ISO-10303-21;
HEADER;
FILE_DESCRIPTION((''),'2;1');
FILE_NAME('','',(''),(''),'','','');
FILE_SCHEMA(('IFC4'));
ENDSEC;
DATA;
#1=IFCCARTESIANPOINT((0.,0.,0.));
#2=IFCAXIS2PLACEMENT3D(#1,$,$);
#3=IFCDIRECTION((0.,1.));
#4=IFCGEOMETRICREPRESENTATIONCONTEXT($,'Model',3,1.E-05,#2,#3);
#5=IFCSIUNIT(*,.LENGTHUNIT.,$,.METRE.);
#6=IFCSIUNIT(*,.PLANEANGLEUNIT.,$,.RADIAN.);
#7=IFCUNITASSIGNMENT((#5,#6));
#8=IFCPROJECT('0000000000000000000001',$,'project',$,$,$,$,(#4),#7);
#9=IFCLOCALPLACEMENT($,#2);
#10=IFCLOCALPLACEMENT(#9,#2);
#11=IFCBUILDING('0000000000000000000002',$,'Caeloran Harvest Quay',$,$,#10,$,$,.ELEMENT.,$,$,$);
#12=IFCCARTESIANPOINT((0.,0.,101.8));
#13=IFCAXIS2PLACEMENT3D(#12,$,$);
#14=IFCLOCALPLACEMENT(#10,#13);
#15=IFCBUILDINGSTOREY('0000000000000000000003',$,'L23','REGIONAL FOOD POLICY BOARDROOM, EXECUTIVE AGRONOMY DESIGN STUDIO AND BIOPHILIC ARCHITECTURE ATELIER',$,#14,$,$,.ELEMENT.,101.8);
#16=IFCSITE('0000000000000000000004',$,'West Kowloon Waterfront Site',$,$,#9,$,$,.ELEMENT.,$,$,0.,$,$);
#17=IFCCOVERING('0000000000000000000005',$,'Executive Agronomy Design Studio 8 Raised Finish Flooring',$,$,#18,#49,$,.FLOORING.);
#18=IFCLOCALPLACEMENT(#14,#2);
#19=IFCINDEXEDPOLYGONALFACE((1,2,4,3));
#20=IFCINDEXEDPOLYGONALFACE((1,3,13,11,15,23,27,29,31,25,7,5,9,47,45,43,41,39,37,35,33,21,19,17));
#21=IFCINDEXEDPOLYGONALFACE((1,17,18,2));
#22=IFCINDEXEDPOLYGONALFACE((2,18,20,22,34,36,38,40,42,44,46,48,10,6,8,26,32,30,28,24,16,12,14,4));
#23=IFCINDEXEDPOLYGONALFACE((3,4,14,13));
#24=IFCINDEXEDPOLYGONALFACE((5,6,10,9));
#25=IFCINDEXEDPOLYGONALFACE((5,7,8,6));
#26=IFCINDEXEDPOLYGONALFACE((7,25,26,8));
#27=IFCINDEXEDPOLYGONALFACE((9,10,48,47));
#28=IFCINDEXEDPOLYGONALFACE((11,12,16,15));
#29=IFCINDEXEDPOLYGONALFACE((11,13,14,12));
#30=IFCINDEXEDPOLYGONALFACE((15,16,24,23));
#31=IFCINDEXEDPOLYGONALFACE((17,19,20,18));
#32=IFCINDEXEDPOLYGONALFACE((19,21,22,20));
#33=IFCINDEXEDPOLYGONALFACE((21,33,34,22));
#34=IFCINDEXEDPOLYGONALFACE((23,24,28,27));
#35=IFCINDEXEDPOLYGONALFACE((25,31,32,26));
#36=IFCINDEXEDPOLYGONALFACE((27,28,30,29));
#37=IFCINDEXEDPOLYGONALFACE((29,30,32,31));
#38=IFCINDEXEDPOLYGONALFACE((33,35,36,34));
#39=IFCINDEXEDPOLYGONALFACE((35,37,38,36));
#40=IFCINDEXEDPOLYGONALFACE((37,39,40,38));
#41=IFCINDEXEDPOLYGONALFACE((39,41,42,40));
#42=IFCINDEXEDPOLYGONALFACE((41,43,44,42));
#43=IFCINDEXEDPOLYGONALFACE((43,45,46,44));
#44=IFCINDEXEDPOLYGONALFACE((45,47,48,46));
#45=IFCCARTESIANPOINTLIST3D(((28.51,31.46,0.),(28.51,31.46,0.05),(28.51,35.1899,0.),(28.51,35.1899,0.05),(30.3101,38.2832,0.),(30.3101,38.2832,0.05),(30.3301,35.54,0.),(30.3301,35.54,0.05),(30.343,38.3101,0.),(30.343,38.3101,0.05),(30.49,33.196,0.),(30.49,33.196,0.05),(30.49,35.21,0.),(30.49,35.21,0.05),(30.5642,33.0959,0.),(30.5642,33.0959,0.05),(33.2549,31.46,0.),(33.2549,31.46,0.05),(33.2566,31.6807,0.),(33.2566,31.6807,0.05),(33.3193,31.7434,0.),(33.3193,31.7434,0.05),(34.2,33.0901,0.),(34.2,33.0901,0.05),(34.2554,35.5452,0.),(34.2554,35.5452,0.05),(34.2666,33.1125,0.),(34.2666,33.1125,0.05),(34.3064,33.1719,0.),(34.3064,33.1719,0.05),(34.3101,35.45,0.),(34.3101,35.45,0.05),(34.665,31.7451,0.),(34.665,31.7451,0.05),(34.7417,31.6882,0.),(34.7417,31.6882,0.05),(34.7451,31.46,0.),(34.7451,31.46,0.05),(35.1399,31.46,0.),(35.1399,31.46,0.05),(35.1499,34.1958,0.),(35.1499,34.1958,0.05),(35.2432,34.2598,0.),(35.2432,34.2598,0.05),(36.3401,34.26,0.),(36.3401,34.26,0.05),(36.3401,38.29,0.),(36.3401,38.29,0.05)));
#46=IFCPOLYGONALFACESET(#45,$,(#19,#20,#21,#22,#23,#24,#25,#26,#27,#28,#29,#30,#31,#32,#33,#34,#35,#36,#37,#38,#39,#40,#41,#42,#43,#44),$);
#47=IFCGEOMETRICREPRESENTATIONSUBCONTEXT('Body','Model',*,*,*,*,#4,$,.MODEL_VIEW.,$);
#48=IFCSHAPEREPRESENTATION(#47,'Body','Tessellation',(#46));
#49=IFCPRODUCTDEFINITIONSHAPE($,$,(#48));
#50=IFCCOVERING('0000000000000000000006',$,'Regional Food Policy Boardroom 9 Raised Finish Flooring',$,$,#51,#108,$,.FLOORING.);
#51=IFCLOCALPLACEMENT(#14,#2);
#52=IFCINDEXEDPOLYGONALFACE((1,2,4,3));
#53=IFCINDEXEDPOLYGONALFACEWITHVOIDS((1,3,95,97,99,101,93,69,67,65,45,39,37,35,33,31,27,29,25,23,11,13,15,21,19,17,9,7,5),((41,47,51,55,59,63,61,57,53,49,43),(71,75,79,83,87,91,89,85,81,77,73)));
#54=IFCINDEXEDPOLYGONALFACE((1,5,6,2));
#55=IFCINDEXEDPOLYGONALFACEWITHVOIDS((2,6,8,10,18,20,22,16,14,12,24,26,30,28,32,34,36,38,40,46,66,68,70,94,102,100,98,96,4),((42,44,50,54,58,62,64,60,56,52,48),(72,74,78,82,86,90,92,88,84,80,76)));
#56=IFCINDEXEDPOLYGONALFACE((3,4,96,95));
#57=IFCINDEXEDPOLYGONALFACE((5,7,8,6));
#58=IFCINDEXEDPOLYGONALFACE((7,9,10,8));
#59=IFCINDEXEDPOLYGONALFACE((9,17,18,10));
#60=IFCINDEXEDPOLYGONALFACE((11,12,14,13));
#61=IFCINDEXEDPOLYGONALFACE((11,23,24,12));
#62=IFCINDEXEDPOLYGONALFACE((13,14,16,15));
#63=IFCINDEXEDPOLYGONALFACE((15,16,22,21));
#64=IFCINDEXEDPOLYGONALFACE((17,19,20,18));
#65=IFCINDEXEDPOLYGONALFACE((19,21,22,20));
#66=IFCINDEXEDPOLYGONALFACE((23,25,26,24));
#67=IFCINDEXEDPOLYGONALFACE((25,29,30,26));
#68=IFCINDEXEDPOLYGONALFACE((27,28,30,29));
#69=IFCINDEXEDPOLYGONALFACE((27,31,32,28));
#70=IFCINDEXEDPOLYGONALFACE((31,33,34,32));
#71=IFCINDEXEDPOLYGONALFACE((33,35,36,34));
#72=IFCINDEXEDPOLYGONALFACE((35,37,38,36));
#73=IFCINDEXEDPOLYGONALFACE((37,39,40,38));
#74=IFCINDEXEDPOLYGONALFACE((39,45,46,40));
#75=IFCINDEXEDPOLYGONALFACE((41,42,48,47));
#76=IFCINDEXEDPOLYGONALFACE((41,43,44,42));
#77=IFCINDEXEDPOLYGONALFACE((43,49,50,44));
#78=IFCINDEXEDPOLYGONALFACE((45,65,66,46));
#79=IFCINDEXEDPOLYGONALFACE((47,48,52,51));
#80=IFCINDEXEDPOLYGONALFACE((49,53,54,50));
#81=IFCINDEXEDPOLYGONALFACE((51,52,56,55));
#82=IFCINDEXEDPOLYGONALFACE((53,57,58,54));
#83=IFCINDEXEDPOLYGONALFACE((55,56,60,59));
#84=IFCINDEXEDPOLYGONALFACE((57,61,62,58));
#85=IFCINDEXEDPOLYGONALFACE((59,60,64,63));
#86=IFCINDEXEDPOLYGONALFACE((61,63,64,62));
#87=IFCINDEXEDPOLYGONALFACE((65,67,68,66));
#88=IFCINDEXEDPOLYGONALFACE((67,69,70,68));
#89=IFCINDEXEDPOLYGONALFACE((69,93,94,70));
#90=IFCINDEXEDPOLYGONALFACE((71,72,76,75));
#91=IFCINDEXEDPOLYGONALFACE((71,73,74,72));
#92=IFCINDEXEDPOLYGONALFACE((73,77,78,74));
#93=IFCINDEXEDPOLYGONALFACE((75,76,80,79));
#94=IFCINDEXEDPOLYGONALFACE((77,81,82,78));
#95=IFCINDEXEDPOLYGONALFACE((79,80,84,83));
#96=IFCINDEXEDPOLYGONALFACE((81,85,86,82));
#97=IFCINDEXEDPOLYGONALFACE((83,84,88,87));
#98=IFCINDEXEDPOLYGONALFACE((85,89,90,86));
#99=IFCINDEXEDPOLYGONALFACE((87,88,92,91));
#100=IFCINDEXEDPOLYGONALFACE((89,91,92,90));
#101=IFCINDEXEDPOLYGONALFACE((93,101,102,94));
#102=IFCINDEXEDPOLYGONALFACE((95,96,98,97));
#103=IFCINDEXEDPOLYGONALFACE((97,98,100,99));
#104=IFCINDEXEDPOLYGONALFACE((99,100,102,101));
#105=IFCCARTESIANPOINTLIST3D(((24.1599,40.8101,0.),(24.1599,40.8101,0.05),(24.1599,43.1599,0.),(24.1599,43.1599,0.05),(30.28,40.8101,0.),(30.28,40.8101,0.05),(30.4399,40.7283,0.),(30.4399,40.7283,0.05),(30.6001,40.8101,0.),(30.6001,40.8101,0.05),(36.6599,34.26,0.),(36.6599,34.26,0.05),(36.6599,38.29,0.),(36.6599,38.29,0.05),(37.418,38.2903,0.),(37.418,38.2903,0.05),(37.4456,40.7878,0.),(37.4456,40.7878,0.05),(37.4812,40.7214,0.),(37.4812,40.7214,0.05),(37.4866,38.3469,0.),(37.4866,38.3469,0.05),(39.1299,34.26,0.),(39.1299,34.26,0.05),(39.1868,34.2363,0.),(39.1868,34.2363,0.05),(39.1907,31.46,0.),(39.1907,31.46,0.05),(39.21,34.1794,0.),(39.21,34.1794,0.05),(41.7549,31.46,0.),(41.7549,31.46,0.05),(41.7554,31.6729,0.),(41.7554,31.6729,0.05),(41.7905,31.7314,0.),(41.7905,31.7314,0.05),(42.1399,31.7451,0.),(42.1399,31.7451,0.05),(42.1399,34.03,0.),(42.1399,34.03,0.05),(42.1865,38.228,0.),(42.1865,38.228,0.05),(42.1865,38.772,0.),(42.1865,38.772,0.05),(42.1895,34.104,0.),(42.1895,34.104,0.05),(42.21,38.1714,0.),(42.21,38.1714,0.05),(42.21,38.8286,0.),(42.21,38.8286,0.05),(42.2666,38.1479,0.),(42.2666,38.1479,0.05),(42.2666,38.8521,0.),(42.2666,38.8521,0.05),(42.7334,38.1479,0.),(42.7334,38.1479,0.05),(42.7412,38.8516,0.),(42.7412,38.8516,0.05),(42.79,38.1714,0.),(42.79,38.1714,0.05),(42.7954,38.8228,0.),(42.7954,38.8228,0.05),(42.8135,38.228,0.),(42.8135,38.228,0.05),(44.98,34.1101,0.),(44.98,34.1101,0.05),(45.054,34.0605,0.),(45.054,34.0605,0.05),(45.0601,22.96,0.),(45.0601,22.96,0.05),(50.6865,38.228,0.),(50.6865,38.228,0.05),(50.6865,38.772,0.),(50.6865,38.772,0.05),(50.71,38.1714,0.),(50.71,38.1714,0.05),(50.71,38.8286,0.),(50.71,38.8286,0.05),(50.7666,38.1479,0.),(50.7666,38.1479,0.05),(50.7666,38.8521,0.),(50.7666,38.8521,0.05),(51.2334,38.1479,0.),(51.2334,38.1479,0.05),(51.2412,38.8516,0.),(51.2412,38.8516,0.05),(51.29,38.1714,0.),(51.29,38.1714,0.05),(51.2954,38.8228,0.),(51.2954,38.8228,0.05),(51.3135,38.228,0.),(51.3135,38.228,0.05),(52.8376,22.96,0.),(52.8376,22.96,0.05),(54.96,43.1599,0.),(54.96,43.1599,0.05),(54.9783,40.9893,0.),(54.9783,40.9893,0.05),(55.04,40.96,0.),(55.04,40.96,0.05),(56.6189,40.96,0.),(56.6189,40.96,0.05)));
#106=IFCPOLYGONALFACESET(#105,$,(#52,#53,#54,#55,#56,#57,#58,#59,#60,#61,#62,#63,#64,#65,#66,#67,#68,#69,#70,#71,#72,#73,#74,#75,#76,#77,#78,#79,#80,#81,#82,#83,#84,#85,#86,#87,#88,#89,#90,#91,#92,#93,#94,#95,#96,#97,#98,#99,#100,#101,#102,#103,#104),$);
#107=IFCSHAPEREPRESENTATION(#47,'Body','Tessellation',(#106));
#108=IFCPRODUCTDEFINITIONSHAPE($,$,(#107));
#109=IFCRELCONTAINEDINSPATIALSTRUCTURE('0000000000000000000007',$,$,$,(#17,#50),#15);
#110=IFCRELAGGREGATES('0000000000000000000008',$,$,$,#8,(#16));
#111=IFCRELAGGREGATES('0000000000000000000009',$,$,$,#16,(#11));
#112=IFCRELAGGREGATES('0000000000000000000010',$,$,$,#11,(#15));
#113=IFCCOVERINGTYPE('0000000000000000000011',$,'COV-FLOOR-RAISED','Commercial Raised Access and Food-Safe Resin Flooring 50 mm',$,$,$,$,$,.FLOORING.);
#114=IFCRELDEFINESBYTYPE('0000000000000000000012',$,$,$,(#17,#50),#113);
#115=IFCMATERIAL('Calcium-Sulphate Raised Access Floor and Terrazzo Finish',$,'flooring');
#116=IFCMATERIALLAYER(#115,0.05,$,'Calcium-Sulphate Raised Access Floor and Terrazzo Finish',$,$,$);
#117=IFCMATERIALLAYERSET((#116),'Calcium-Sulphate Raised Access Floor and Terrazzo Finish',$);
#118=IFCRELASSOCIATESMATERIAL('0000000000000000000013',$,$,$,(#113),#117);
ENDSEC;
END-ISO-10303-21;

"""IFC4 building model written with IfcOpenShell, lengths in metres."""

from ifc_helpers import new_model, si_unit, direction, frame, origin, place, context, subcontext, project, spatial, polyline, outline, extrude, material, layer, layer_set, type_object, element, save


model = new_model("IFC4")

# Units and contexts
model_context = context("Model", 3, precision=1e-05, world=origin(), true_north=direction((0.0, 1.0)))
body_context = subcontext(model_context, "Body", "Model", "MODEL_VIEW")
ifc_project = project(units=[si_unit("LENGTHUNIT", "METRE"), si_unit("PLANEANGLEUNIT", "RADIAN")], contexts=[model_context])

# Site, building, storey
site_placement = place(None, origin())
site = spatial("IfcSite", under=ifc_project, at=site_placement, Name="West Kowloon Waterfront Site", CompositionType="ELEMENT", RefElevation=0.0)
building_placement = place(site_placement, origin())
building = spatial("IfcBuilding", under=site, at=building_placement, Name="Caeloran Harvest Quay", CompositionType="ELEMENT")
storey_placement = place(building_placement, frame((0.0, 0.0, 101.8)))
storey = spatial("IfcBuildingStorey", under=building, at=storey_placement, Name="L23", Description="REGIONAL FOOD POLICY BOARDROOM, EXECUTIVE AGRONOMY DESIGN STUDIO AND BIOPHILIC ARCHITECTURE ATELIER", CompositionType="ELEMENT", Elevation=101.8)

# Coverings
ifc_material_1 = material(Name="Calcium-Sulphate Raised Access Floor and Terrazzo Finish", Category="flooring")
ifc_layer_1 = layer(ifc_material_1, 0.05, Name="Calcium-Sulphate Raised Access Floor and Terrazzo Finish")
ifc_layer_set_1 = layer_set([ifc_layer_1], Name="Calcium-Sulphate Raised Access Floor and Terrazzo Finish")
covering_type_1 = type_object("IfcCoveringType", Name="COV-FLOOR-RAISED", Description="Commercial Raised Access and Food-Safe Resin Flooring 50 mm", PredefinedType="FLOORING", material=ifc_layer_set_1)
covering_1_placement = place(storey_placement, origin())
element("IfcCovering", 1, at=covering_1_placement, inside=storey, type_object=covering_type_1, Name="Executive Agronomy Design Studio 8 Raised Finish Flooring", PredefinedType="FLOORING", context=body_context, shape_type="SweptSolid", body=[
    extrude(outline(polyline([(30.3101, 38.2832), (30.343, 38.3101), (36.3401, 38.29), (36.3401, 34.26), (35.2432, 34.2598), (35.1499, 34.1958), (35.1399, 31.46), (34.7451, 31.46), (34.7417, 31.6882), (34.665, 31.7451), (33.3193, 31.7434), (33.2566, 31.6807), (33.2549, 31.46), (28.51, 31.46), (28.51, 35.1899), (30.49, 35.21), (30.49, 33.196), (30.5642, 33.0959), (34.2, 33.0901), (34.2666, 33.1125), (34.3064, 33.1719), (34.3101, 35.45), (34.2554, 35.5452), (30.3301, 35.54), (30.3101, 38.2832)])), origin(), (0.0, 0.0, 1.0), 0.05),
])
covering_2_placement = place(storey_placement, origin())
element("IfcCovering", 2, at=covering_2_placement, inside=storey, type_object=covering_type_1, Name="Regional Food Policy Boardroom 9 Raised Finish Flooring", PredefinedType="FLOORING", context=body_context, shape_type="SweptSolid", body=[
    extrude(outline(polyline([(24.1599, 40.8101), (24.1599, 43.1599), (54.96, 43.1599), (54.9783, 40.9893), (55.04, 40.96), (56.6189, 40.96), (52.8376, 22.96), (45.0601, 22.96), (45.054, 34.0605), (44.98, 34.1101), (42.1895, 34.104), (42.1399, 34.03), (42.1399, 31.7451), (41.7905, 31.7314), (41.7554, 31.6729), (41.7549, 31.46), (39.1907, 31.46), (39.21, 34.1794), (39.1868, 34.2363), (39.1299, 34.26), (36.6599, 34.26), (36.6599, 38.29), (37.418, 38.2903), (37.4866, 38.3469), (37.4812, 40.7214), (37.4456, 40.7878), (30.6001, 40.8101), (30.4399, 40.7283), (30.28, 40.8101), (24.1599, 40.8101)]), holes=[polyline([(51.3135, 38.228), (51.2954, 38.8228), (51.2412, 38.8516), (50.7666, 38.8521), (50.71, 38.8286), (50.6865, 38.772), (50.6865, 38.228), (50.71, 38.1714), (50.7666, 38.1479), (51.2334, 38.1479), (51.29, 38.1714), (51.3135, 38.228)]), polyline([(42.8135, 38.228), (42.7954, 38.8228), (42.7412, 38.8516), (42.2666, 38.8521), (42.21, 38.8286), (42.1865, 38.772), (42.1865, 38.228), (42.21, 38.1714), (42.2666, 38.1479), (42.7334, 38.1479), (42.79, 38.1714), (42.8135, 38.228)])]), origin(), (0.0, 0.0, 1.0), 0.05),
])

save(model, "model.ifc")
